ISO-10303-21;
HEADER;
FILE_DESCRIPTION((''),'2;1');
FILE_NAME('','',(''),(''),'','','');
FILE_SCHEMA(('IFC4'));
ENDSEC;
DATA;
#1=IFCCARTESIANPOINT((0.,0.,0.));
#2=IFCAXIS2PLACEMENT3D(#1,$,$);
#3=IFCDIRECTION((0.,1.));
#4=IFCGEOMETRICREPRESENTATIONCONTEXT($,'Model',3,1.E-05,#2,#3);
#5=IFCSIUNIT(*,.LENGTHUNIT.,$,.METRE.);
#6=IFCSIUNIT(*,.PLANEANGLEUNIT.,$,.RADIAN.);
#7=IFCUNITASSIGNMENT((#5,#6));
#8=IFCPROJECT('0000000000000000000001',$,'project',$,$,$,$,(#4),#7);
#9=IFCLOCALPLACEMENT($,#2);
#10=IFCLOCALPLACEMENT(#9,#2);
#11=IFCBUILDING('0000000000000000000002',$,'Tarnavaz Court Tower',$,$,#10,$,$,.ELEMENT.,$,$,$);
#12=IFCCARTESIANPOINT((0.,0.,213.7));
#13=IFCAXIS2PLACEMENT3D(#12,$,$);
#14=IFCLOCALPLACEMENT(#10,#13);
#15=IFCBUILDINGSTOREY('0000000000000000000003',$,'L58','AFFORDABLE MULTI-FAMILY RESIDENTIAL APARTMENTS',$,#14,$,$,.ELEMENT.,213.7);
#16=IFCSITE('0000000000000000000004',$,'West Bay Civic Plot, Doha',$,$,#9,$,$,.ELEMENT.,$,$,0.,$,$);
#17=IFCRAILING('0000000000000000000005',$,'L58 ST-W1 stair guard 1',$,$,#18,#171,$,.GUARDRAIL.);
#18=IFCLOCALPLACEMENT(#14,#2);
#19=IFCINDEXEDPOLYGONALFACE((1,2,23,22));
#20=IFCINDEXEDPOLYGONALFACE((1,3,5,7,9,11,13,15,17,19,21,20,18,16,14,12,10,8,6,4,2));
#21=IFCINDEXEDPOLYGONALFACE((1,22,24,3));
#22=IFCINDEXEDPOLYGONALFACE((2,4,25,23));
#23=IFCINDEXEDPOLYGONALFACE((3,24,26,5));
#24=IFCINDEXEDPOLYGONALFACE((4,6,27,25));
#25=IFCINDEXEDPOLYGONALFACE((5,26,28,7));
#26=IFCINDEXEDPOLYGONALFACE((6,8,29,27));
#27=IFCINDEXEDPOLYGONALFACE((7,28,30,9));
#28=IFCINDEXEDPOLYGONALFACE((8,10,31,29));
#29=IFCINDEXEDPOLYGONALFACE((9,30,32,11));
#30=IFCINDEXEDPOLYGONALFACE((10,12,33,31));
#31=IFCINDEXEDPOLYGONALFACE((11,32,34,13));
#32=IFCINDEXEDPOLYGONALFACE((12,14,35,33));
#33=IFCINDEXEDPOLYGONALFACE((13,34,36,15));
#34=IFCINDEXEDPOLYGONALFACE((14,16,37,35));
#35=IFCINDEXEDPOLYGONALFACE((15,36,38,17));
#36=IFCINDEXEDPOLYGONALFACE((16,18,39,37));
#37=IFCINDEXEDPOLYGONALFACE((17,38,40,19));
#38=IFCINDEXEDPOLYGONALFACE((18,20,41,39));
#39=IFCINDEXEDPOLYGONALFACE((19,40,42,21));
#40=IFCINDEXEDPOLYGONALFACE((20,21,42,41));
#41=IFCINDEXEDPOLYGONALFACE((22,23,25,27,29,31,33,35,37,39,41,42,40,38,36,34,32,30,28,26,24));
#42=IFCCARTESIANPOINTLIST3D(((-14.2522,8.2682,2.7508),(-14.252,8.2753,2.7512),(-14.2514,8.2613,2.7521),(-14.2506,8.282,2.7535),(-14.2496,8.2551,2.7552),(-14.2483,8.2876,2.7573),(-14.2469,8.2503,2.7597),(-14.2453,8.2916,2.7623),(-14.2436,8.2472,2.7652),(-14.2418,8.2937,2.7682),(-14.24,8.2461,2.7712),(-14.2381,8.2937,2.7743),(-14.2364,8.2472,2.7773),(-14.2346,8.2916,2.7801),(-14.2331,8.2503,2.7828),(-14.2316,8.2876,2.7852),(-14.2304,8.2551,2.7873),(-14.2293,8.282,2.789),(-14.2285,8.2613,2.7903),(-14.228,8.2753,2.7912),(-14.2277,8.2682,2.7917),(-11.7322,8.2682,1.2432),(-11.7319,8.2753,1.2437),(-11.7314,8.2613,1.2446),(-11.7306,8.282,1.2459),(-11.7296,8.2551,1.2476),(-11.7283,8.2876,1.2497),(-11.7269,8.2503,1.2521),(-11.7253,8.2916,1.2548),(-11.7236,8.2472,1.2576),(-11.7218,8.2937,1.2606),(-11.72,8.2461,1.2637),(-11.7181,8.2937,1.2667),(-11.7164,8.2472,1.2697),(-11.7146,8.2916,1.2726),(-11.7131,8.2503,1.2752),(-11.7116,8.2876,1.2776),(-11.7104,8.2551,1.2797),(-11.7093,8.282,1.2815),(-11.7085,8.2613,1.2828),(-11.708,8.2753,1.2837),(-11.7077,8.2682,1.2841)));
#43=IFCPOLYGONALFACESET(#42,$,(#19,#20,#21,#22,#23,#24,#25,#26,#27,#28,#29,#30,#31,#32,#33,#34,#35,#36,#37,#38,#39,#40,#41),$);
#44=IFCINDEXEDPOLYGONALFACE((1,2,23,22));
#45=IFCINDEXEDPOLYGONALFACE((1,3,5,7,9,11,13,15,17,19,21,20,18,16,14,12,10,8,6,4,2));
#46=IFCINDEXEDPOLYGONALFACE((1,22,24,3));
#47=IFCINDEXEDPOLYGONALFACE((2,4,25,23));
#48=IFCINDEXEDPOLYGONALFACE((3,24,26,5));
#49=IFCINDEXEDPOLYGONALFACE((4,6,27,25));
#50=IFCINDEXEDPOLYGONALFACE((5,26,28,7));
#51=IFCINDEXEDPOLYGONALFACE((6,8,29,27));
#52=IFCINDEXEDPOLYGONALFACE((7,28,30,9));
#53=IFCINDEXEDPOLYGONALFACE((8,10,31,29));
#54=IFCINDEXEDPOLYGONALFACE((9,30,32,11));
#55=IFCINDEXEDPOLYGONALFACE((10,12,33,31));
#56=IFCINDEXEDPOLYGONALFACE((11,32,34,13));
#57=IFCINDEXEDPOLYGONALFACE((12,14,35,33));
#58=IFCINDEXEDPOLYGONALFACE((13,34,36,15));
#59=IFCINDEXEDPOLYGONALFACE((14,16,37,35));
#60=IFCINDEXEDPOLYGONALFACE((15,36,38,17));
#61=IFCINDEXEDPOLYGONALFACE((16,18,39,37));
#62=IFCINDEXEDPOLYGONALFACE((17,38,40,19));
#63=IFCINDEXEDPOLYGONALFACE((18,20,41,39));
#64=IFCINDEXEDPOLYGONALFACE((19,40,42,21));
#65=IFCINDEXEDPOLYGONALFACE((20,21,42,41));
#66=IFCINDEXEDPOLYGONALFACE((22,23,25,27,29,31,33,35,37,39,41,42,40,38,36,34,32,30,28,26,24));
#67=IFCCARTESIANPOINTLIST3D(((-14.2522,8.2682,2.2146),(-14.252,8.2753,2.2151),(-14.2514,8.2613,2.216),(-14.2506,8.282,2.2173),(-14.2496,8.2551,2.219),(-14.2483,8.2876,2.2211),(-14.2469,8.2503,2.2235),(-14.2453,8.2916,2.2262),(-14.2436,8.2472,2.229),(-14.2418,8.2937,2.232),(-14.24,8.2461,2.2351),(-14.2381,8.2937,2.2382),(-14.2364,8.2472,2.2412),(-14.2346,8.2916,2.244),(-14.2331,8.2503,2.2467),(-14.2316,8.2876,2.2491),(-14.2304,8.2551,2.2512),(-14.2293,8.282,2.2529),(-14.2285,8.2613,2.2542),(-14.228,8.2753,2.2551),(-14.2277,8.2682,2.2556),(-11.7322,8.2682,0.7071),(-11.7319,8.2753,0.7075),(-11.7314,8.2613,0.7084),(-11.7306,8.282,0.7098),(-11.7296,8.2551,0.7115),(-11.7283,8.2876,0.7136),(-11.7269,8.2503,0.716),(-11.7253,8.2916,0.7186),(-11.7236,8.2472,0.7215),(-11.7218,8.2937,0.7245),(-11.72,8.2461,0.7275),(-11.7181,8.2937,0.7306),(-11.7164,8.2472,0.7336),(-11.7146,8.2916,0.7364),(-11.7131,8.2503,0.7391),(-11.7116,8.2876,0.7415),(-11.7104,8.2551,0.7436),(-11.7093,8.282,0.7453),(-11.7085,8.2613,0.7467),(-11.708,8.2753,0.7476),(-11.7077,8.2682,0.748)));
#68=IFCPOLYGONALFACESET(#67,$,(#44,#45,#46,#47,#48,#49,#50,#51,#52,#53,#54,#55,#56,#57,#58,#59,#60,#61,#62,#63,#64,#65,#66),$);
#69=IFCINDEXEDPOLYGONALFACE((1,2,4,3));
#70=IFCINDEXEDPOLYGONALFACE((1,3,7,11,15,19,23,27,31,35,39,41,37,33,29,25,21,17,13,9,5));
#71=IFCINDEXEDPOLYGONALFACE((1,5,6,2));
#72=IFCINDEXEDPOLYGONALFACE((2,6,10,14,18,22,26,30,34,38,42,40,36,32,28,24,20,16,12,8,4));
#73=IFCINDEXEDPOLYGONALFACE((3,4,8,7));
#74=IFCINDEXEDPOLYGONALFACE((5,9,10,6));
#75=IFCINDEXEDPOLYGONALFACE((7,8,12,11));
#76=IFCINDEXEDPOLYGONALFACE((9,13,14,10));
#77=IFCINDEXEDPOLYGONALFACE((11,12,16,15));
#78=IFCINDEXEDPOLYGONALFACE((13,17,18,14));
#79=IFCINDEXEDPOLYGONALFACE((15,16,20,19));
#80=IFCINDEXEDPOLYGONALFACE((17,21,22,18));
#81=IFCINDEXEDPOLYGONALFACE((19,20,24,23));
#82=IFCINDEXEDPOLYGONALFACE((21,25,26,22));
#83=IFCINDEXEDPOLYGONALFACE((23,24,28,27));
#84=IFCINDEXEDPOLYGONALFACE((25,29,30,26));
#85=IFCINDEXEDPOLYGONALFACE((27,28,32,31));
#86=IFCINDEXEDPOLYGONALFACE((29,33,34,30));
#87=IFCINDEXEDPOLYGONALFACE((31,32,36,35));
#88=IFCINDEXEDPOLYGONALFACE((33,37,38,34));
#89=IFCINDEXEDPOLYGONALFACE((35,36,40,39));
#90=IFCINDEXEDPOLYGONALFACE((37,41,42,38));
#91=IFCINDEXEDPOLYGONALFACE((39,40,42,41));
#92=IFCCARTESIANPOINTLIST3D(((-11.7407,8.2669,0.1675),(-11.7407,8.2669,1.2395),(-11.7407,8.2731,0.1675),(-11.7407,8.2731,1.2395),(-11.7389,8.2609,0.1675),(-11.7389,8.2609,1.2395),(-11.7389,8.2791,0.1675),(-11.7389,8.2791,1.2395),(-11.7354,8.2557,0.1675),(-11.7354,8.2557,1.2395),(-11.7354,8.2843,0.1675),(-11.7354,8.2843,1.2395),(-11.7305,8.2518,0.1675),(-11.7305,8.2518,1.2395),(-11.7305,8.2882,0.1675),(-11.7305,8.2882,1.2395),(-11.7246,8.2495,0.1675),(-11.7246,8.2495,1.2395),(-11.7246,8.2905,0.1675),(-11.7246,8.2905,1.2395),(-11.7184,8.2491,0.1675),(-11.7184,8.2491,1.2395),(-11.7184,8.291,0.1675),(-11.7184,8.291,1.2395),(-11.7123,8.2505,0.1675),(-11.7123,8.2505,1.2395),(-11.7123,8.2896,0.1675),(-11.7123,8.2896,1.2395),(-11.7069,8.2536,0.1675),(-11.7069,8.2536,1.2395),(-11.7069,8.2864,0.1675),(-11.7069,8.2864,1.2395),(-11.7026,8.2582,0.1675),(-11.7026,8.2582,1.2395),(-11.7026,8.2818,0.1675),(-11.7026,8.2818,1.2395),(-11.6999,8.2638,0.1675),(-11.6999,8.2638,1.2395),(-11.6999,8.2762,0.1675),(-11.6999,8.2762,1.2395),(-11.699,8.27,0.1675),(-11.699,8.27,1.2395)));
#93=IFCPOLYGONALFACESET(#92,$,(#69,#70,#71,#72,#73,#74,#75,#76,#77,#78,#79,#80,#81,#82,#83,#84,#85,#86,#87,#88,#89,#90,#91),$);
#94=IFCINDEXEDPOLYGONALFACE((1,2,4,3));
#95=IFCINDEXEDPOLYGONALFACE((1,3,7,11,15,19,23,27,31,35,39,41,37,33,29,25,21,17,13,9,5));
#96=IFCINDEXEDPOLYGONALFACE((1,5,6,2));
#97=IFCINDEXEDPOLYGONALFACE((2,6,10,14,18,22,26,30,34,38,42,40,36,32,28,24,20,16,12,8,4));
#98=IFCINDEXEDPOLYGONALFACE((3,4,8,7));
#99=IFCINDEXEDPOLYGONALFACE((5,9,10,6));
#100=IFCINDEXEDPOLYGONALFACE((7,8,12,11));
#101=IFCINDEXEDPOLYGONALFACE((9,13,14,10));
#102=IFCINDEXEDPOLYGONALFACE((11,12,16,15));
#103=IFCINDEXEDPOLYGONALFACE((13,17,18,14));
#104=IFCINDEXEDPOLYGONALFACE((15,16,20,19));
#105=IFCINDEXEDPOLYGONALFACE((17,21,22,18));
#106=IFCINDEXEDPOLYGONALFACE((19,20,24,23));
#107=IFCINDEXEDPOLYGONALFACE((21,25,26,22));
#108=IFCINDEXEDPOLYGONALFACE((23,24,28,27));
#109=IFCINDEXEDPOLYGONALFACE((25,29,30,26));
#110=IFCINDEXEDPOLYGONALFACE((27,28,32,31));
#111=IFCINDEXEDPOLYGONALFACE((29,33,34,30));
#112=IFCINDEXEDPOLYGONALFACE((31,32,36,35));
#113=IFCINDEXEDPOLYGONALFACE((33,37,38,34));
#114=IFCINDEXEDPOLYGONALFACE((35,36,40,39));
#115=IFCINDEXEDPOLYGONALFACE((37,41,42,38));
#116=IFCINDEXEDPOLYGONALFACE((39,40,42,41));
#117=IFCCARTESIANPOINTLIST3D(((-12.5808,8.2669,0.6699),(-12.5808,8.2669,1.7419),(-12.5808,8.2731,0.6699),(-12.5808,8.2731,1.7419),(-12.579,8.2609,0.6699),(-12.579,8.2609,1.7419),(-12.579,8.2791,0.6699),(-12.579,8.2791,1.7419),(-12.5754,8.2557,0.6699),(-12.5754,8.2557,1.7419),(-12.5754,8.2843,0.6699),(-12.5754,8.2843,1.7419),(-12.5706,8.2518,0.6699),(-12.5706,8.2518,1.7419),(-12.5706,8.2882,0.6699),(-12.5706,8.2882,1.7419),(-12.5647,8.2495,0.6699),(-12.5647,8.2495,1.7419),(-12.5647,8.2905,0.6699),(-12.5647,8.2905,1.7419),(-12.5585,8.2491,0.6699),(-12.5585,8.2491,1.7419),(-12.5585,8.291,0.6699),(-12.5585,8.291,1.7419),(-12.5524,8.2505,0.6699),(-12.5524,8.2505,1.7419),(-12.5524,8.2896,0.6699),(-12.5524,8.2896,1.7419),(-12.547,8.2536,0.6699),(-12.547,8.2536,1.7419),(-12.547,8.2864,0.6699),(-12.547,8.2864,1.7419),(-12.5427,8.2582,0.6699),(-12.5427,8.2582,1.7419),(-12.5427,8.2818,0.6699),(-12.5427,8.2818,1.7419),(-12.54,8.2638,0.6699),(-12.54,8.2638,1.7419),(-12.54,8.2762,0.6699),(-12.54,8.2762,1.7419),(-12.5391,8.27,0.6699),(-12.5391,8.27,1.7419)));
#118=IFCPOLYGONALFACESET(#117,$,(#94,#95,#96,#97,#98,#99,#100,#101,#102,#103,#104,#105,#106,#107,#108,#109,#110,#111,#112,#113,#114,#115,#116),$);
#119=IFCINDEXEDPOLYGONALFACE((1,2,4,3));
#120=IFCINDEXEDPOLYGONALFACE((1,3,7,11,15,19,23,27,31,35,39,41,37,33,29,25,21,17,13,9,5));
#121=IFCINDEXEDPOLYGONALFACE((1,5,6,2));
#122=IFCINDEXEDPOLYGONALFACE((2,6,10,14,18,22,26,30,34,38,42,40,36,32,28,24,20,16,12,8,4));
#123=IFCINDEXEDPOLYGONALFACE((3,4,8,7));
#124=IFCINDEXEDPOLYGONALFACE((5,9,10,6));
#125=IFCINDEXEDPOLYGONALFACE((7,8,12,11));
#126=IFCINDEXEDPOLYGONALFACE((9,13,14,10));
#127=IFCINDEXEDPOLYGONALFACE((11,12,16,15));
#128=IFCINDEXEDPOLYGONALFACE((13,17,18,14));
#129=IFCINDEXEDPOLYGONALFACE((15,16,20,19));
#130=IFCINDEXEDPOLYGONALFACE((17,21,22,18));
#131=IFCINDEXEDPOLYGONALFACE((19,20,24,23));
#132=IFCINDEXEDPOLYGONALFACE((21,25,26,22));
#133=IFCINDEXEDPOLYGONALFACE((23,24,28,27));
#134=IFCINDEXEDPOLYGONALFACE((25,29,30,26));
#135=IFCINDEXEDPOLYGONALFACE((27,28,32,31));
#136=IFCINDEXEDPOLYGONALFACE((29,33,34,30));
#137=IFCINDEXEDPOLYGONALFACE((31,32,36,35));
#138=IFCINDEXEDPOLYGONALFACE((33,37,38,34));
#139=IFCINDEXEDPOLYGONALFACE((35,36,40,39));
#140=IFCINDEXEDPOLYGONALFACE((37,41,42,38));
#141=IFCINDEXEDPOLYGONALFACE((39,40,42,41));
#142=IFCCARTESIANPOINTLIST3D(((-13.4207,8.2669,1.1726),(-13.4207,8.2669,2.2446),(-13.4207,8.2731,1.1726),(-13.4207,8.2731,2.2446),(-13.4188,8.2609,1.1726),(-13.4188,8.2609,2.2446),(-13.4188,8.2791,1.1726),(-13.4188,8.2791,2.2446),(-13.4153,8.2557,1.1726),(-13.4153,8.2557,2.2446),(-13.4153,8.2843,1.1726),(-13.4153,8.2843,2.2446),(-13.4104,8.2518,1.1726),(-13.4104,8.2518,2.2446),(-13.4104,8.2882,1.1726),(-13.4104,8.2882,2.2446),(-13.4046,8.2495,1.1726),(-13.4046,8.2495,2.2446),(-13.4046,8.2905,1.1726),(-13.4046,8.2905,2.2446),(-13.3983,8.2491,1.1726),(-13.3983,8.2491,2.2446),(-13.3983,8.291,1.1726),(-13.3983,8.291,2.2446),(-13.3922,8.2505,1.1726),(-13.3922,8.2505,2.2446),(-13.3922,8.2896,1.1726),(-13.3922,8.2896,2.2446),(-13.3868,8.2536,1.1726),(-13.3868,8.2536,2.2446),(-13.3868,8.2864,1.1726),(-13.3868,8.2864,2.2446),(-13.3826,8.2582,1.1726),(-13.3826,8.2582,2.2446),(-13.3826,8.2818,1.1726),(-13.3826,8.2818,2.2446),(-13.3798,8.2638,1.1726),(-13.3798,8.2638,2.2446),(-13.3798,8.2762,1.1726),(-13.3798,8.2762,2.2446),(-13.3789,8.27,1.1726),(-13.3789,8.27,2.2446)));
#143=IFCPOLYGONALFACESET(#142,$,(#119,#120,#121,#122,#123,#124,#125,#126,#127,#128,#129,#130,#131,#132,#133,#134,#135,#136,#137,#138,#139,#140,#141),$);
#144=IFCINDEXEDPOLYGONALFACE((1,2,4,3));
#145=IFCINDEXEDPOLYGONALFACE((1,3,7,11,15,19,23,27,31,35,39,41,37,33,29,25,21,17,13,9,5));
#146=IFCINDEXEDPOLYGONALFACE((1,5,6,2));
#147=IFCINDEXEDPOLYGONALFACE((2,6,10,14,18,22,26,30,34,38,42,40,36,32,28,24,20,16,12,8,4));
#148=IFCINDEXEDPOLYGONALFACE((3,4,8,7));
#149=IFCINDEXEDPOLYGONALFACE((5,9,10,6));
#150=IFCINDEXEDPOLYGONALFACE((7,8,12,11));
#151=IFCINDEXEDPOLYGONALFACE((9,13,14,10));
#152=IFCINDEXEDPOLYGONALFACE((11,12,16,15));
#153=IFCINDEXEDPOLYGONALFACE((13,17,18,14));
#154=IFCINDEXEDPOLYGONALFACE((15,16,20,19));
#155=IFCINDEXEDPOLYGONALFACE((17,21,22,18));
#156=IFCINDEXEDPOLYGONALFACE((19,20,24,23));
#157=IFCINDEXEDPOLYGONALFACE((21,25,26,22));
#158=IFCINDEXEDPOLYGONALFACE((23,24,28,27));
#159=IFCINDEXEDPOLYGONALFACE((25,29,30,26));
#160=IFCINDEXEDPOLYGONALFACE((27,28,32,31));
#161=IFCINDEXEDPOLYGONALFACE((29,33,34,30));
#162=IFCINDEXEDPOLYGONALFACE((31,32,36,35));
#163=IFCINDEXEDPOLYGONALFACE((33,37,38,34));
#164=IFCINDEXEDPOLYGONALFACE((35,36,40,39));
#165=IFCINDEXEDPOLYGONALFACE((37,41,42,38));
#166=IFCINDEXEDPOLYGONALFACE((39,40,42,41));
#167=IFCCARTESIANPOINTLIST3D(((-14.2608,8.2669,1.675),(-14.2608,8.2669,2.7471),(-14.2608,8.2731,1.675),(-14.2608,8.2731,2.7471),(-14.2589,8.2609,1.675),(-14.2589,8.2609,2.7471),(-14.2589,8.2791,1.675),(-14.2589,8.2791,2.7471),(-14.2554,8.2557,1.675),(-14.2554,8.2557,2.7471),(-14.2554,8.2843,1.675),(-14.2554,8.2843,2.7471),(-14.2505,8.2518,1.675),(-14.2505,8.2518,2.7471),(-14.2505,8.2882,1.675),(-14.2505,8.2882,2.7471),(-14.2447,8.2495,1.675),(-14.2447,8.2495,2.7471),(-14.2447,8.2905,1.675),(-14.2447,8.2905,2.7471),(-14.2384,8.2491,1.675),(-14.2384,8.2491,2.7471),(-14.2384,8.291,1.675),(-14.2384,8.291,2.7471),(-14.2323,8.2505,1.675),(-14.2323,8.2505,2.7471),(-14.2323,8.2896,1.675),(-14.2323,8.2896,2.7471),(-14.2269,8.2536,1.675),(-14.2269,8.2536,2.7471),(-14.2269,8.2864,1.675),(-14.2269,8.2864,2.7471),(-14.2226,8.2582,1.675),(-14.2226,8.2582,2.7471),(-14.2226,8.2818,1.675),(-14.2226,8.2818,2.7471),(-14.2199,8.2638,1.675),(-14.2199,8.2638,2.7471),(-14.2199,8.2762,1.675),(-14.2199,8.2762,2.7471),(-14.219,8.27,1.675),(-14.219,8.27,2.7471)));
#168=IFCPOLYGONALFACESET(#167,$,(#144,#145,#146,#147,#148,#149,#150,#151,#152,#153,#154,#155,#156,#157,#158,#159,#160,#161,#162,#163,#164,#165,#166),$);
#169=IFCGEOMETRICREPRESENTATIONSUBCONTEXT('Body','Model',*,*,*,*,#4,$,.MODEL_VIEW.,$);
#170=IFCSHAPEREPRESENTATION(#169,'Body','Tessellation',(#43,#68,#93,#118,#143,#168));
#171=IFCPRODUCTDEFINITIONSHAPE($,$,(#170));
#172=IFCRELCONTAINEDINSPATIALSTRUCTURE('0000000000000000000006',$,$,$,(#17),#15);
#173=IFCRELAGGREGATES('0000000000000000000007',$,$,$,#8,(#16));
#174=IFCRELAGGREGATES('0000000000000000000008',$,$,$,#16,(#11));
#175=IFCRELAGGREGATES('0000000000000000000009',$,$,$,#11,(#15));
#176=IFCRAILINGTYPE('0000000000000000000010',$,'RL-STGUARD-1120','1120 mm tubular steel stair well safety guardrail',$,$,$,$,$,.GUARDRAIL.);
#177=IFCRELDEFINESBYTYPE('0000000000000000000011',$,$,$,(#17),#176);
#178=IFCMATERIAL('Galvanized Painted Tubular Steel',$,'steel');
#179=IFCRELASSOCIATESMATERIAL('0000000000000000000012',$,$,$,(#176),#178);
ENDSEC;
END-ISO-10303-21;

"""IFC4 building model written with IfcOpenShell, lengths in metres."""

from ifc_helpers import new_model, si_unit, direction, frame, origin, origin_2d, place, context, subcontext, project, spatial, circle, extrude, material, type_object, element, save


model = new_model("IFC4")

# Units and contexts
model_context = context("Model", 3, precision=1e-05, world=origin(), true_north=direction((0.0, 1.0)))
body_context = subcontext(model_context, "Body", "Model", "MODEL_VIEW")
ifc_project = project(units=[si_unit("LENGTHUNIT", "METRE"), si_unit("PLANEANGLEUNIT", "RADIAN")], contexts=[model_context])

# Site, building, storey
site_placement = place(None, origin())
site = spatial("IfcSite", under=ifc_project, at=site_placement, Name="West Bay Civic Plot, Doha", CompositionType="ELEMENT", RefElevation=0.0)
building_placement = place(site_placement, origin())
building = spatial("IfcBuilding", under=site, at=building_placement, Name="Tarnavaz Court Tower", CompositionType="ELEMENT")
storey_placement = place(building_placement, frame((0.0, 0.0, 213.7)))
storey = spatial("IfcBuildingStorey", under=building, at=storey_placement, Name="L58", Description="AFFORDABLE MULTI-FAMILY RESIDENTIAL APARTMENTS", CompositionType="ELEMENT", Elevation=213.7)

# Railing
ifc_material_1 = material(Name="Galvanized Painted Tubular Steel", Category="steel")
railing_type_1 = type_object("IfcRailingType", Name="RL-STGUARD-1120", Description="1120 mm tubular steel stair well safety guardrail", PredefinedType="GUARDRAIL", material=ifc_material_1)
railing_1_placement = place(storey_placement, frame((-11.72, 8.27, 0.1675)))
element("IfcRailing", 1, at=railing_1_placement, inside=storey, type_object=railing_type_1, Name="L58 ST-W1 stair guard 1", PredefinedType="GUARDRAIL", context=body_context, shape_type="SweptSolid", body=[
    extrude(circle(Radius=0.0239, at=origin_2d()), frame((0.0, 0.0, 1.0962), z_axis=(-0.85816, 0.0, 0.513383), x_axis=(0.0, -1.0, 0.0)), (0.0, 0.0, 1.0), 2.9365),
    extrude(circle(Radius=0.0239, at=origin_2d()), frame((0.0, 0.0, 0.5601), z_axis=(-0.85816, 0.0, 0.513383), x_axis=(0.0, -1.0, 0.0)), (0.0, 0.0, 1.0), 2.9365),
    extrude(circle(Radius=0.021, at=origin_2d()), origin(), (0.0, 0.0, 1.0), 1.072),
    extrude(circle(Radius=0.021, at=origin_2d()), frame((-0.8401, 0.0, 0.5024)), (0.0, 0.0, 1.0), 1.072),
    extrude(circle(Radius=0.021, at=origin_2d()), frame((-1.6799, 0.0, 1.0051)), (0.0, 0.0, 1.0), 1.072),
    extrude(circle(Radius=0.021, at=origin_2d()), frame((-2.52, 0.0, 1.5076)), (0.0, 0.0, 1.0), 1.072),
])

save(model, "model.ifc")
